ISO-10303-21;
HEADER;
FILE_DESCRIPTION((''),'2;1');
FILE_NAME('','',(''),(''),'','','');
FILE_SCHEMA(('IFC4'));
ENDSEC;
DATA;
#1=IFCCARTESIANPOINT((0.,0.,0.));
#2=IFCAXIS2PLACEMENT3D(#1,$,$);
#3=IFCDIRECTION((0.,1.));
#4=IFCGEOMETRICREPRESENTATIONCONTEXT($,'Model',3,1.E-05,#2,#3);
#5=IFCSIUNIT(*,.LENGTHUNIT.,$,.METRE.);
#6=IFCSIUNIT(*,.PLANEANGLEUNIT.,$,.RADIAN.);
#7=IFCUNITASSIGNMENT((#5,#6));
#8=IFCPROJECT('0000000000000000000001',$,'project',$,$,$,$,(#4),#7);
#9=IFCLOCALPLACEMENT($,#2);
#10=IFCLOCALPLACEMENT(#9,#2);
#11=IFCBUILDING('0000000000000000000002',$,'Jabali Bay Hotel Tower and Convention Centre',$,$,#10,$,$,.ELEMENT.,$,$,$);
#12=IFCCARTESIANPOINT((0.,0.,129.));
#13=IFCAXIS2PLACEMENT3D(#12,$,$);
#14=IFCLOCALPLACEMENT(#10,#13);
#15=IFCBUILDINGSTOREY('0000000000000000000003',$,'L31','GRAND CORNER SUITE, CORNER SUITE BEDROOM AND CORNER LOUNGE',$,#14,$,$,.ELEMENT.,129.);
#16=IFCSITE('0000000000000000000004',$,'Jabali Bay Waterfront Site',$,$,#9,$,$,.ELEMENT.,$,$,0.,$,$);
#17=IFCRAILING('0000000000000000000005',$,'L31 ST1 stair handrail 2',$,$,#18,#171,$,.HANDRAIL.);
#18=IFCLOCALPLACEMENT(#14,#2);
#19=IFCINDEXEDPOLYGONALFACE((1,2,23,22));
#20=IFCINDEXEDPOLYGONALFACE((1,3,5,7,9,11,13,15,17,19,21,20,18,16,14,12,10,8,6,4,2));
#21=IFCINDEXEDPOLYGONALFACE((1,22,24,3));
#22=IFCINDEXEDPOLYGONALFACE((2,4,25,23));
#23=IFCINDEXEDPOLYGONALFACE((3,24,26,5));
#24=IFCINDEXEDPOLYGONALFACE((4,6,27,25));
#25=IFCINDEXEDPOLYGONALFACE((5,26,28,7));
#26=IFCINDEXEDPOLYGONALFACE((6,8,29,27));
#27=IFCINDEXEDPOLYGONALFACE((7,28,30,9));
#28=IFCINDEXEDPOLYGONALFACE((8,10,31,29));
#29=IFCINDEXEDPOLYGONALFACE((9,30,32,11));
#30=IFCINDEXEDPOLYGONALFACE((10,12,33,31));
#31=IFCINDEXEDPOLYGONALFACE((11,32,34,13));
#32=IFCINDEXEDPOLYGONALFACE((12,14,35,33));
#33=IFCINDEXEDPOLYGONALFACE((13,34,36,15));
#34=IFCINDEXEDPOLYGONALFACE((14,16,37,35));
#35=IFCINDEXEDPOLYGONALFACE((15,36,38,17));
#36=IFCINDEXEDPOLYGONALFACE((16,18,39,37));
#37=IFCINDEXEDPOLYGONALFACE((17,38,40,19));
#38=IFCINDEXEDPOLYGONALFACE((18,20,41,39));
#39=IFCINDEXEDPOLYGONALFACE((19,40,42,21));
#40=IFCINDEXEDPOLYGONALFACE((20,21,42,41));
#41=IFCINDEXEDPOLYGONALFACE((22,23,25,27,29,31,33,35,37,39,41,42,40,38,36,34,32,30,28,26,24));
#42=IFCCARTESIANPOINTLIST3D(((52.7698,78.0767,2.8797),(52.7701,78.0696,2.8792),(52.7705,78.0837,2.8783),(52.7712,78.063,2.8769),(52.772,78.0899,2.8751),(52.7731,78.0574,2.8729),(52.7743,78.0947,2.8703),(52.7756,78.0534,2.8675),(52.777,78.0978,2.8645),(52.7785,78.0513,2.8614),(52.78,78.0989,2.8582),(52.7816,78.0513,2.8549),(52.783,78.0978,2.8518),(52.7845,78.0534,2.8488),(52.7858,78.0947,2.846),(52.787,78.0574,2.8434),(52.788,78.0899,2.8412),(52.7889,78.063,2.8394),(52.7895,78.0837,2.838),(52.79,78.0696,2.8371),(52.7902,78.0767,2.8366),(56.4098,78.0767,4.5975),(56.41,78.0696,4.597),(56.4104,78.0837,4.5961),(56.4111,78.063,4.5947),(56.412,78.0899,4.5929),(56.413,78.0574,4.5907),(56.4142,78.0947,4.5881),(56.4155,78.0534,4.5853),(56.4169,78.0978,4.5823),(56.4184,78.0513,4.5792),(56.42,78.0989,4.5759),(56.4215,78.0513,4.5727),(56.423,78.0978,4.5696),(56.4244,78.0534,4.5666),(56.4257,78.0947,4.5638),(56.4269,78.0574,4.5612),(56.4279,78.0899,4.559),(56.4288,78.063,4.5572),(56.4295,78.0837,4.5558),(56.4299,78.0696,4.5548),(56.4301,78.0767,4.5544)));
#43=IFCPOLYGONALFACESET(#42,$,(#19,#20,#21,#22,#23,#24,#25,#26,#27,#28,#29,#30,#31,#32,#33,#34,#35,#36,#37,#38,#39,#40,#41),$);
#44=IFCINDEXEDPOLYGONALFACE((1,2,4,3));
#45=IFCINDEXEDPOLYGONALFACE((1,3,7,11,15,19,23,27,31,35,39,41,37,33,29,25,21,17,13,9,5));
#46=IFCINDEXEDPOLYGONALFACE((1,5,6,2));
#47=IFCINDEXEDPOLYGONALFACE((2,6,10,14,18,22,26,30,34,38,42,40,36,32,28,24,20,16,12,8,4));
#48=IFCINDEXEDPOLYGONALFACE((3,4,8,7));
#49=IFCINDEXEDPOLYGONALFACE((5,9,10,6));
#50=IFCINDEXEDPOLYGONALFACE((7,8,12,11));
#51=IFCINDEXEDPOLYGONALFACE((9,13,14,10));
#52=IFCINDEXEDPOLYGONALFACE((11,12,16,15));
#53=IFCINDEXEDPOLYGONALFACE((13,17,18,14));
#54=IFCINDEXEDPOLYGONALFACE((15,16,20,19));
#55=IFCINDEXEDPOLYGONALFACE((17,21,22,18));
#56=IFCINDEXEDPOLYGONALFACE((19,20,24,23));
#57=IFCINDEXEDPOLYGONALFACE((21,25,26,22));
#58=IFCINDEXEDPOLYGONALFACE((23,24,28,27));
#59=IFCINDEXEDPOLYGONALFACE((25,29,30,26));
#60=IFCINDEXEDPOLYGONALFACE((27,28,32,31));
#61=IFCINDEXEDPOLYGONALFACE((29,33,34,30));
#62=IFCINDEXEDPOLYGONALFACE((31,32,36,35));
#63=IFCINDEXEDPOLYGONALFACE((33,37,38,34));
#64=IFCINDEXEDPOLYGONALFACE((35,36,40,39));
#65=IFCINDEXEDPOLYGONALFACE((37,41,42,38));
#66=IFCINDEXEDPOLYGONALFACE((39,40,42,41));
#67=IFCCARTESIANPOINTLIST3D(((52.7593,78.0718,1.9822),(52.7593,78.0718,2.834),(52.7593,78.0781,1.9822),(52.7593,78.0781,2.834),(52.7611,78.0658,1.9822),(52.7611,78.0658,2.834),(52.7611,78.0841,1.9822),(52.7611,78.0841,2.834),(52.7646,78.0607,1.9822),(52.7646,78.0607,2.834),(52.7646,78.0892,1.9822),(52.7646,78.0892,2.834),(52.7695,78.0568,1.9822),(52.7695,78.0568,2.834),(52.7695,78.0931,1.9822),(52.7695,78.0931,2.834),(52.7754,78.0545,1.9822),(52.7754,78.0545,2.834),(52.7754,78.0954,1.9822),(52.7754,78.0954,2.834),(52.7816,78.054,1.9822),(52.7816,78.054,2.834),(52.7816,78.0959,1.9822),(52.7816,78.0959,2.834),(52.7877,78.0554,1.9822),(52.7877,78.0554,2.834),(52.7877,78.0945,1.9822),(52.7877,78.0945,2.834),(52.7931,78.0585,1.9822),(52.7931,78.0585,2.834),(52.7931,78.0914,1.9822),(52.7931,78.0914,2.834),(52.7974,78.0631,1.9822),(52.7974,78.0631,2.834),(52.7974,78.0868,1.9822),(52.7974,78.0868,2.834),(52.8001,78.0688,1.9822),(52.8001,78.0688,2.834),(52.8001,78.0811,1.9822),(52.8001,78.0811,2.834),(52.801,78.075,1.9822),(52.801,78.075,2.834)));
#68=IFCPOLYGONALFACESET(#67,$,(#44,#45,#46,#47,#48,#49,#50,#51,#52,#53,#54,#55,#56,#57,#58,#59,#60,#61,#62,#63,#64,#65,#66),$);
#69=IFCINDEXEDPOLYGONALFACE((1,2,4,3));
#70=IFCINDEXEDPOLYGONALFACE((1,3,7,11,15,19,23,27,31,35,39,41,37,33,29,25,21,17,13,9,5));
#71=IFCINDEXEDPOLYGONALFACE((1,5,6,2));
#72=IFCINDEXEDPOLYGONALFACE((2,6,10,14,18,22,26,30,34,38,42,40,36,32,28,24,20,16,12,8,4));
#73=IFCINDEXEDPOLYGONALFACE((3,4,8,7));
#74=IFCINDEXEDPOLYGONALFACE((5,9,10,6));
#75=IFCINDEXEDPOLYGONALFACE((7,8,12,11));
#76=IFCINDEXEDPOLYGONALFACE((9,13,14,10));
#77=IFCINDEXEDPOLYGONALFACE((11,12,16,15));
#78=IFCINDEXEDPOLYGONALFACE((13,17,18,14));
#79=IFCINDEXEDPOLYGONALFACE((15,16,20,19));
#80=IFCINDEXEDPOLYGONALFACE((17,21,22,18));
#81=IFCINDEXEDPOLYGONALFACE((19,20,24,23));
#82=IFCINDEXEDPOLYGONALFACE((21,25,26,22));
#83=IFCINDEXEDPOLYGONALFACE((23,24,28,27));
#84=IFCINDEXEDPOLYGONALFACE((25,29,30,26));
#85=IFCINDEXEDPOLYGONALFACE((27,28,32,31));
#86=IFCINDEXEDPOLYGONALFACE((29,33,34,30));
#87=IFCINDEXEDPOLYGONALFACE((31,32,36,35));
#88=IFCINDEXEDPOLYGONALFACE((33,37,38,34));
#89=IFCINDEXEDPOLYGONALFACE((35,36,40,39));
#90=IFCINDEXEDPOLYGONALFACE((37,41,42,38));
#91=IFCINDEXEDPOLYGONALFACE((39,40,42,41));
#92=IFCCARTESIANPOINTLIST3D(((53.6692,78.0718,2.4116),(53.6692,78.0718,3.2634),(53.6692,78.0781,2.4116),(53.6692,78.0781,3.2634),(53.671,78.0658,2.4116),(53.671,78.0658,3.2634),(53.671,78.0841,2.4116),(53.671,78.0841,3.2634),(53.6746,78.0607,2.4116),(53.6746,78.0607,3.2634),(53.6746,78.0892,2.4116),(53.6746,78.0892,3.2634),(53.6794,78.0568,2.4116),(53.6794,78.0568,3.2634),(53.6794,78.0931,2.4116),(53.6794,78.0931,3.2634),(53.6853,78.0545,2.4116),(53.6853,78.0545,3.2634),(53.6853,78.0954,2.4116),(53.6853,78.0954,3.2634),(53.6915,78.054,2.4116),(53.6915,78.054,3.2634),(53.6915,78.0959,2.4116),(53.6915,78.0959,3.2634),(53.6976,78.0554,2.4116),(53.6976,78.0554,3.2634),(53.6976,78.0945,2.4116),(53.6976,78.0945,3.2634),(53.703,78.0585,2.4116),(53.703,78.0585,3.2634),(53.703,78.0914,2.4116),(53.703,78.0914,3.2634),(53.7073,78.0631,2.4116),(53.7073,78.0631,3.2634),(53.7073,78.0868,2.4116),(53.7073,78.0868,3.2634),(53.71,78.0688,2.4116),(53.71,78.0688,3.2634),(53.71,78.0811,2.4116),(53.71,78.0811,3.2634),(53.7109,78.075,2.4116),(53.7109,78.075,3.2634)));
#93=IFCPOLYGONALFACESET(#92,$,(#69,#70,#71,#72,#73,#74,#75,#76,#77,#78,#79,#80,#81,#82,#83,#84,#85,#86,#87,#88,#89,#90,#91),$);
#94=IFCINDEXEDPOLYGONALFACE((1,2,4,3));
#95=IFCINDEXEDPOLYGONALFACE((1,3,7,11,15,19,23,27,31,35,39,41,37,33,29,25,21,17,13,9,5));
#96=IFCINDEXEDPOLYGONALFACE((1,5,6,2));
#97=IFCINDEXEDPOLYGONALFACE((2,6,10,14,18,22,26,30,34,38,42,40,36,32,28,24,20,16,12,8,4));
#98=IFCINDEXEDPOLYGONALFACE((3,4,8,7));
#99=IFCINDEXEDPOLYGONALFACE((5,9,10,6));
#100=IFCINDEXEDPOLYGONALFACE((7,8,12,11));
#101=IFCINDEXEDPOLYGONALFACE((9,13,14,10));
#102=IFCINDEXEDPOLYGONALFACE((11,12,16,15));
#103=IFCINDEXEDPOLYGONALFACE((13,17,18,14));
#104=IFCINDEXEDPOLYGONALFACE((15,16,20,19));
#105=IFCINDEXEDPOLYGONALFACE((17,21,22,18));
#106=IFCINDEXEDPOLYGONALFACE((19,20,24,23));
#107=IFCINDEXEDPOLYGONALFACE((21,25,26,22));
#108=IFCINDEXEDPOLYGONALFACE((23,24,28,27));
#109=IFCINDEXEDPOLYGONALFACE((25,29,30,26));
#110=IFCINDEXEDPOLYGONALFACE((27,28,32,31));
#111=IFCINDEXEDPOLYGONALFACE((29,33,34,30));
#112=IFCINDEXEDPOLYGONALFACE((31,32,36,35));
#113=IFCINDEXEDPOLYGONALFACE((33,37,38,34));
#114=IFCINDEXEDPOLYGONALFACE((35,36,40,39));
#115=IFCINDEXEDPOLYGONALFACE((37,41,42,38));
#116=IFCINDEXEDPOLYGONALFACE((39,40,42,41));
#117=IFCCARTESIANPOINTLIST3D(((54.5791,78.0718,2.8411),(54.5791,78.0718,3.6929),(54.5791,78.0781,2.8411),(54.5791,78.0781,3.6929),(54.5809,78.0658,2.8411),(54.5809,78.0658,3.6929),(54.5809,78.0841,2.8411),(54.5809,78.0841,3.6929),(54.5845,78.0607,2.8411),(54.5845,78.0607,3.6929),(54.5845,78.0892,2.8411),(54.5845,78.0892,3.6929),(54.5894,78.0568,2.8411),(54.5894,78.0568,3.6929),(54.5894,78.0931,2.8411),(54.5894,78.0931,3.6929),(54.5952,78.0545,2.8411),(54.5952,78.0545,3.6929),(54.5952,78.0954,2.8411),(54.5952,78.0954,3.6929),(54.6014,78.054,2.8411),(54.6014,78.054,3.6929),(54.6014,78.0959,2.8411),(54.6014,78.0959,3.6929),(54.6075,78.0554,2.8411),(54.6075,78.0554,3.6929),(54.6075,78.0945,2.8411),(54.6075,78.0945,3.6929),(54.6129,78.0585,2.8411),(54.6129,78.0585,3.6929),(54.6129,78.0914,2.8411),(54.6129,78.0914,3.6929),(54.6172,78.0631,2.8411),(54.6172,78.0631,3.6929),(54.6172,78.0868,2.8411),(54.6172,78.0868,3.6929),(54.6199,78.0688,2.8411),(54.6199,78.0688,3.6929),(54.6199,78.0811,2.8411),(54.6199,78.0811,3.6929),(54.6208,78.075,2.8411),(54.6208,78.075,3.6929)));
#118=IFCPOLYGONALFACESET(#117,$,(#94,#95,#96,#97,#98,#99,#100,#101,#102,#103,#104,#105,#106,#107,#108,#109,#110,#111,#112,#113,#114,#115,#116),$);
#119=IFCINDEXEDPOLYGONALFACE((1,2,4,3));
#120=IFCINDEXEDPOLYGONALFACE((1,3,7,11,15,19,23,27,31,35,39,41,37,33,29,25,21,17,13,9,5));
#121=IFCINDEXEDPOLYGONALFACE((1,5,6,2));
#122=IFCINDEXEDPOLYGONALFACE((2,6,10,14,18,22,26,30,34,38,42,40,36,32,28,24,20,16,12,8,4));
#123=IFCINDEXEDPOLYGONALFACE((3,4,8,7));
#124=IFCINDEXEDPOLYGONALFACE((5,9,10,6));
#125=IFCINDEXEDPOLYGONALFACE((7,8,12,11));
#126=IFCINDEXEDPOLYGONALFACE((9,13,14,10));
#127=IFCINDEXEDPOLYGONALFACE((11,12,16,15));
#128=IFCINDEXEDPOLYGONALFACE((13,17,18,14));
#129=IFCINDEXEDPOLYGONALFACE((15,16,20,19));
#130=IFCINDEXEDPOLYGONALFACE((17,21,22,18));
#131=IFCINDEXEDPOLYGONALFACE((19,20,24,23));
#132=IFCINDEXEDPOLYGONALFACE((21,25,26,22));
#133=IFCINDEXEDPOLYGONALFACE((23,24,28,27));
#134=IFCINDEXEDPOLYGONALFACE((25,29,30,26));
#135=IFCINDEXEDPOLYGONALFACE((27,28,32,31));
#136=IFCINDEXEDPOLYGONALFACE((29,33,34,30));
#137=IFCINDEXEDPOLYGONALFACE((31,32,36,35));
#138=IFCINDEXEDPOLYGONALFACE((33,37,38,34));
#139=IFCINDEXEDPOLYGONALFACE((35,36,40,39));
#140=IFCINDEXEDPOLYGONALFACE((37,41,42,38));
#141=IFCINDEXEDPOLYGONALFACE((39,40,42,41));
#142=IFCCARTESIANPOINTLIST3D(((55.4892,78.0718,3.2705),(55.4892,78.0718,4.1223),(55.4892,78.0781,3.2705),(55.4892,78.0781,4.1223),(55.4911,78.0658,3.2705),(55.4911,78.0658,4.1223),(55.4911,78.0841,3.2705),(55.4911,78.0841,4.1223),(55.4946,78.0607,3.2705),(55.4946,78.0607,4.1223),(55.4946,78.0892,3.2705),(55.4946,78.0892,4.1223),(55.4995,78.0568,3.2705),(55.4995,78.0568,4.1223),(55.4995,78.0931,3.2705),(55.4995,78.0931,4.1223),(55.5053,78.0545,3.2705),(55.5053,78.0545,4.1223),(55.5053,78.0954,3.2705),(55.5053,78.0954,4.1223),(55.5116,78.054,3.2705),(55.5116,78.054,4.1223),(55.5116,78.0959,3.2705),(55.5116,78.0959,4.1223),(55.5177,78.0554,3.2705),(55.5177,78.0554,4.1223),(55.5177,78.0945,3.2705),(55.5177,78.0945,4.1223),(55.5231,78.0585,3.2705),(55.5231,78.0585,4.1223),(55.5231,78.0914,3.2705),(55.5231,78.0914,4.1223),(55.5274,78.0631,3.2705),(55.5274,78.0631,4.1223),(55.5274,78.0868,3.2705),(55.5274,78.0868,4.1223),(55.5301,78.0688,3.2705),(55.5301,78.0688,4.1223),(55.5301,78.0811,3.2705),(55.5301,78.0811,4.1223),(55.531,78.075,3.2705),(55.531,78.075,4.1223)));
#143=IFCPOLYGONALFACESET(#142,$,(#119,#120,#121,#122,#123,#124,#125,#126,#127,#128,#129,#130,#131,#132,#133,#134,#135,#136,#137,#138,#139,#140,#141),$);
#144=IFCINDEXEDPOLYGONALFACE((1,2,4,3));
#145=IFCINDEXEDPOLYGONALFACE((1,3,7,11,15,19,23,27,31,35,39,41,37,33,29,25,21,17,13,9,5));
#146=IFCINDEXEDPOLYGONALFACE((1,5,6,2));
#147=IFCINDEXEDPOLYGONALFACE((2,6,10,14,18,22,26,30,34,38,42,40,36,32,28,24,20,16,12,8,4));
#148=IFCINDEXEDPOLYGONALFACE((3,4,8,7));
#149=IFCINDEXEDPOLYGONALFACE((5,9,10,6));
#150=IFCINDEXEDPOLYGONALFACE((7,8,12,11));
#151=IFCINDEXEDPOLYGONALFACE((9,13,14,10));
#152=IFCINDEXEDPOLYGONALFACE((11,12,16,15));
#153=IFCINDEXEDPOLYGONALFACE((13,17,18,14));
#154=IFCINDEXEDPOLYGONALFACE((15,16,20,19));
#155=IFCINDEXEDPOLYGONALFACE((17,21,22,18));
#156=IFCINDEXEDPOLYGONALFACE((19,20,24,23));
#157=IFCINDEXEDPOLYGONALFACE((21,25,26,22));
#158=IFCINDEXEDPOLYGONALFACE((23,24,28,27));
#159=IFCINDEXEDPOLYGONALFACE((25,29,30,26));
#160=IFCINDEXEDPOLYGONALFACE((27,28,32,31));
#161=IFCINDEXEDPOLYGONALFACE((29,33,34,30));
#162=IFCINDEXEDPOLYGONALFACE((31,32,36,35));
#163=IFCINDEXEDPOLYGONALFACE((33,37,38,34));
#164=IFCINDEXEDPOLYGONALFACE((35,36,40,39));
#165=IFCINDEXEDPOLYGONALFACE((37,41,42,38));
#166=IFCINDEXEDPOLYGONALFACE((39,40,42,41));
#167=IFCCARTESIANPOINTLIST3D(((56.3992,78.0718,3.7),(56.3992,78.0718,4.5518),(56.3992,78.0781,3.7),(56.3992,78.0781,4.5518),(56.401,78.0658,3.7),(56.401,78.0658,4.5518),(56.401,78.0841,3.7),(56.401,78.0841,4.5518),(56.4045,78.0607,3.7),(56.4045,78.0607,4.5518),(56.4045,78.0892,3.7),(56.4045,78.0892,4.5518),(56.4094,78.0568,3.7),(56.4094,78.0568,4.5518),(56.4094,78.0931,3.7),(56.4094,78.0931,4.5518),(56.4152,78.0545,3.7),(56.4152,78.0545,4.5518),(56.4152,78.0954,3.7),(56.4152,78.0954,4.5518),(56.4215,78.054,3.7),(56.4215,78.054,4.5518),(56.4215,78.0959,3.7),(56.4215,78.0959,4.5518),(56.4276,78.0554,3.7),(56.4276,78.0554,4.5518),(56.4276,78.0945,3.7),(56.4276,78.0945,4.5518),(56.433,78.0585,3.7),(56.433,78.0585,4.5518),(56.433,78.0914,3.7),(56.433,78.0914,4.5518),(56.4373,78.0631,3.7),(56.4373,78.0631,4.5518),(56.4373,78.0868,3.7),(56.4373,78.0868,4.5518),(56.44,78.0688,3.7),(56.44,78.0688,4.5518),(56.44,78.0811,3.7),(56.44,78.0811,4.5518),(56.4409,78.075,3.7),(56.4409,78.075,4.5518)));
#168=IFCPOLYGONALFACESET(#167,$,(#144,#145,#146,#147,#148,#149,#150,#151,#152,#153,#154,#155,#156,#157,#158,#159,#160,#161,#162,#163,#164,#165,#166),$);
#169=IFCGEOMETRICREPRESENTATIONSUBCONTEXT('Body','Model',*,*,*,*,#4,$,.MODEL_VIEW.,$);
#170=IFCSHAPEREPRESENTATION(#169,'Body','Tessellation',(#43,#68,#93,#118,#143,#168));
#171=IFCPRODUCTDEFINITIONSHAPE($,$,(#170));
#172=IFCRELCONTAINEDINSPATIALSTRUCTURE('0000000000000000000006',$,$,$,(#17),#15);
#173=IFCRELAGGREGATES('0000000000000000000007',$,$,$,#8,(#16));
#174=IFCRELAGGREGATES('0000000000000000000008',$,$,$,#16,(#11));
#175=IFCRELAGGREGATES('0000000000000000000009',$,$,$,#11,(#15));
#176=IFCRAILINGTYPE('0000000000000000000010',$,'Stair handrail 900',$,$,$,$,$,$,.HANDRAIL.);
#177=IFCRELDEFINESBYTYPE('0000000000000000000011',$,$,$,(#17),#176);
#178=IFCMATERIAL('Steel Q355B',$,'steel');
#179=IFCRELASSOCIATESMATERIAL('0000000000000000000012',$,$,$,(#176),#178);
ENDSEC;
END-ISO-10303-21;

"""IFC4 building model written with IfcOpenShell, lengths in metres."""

from ifc_helpers import new_model, si_unit, direction, frame, origin, origin_2d, place, context, subcontext, project, spatial, circle, extrude, material, type_object, element, save


model = new_model("IFC4")

# Units and contexts
model_context = context("Model", 3, precision=1e-05, world=origin(), true_north=direction((0.0, 1.0)))
body_context = subcontext(model_context, "Body", "Model", "MODEL_VIEW")
ifc_project = project(units=[si_unit("LENGTHUNIT", "METRE"), si_unit("PLANEANGLEUNIT", "RADIAN")], contexts=[model_context])

# Site, building, storey
site_placement = place(None, origin())
site = spatial("IfcSite", under=ifc_project, at=site_placement, Name="Jabali Bay Waterfront Site", CompositionType="ELEMENT", RefElevation=0.0)
building_placement = place(site_placement, origin())
building = spatial("IfcBuilding", under=site, at=building_placement, Name="Jabali Bay Hotel Tower and Convention Centre", CompositionType="ELEMENT")
storey_placement = place(building_placement, frame((0.0, 0.0, 129.0)))
storey = spatial("IfcBuildingStorey", under=building, at=storey_placement, Name="L31", Description="GRAND CORNER SUITE, CORNER SUITE BEDROOM AND CORNER LOUNGE", CompositionType="ELEMENT", Elevation=129.0)

# Railing
ifc_material_1 = material(Name="Steel Q355B", Category="steel")
railing_type = type_object("IfcRailingType", Name="Stair handrail 900", PredefinedType="HANDRAIL", material=ifc_material_1)
railing_placement = place(storey_placement, frame((52.78, 78.075, 1.9822)))
element("IfcRailing", 1, at=railing_placement, inside=storey, type_object=railing_type, Name="L31 ST1 stair handrail 2", PredefinedType="HANDRAIL", context=body_context, shape_type="SweptSolid", body=[
    extrude(circle(Radius=0.0239, at=origin_2d()), frame((0.0, 0.0, 0.876), z_axis=(0.904351, 0.0, 0.42679), x_axis=(0.0, 1.0, 0.0)), (0.0, 0.0, 1.0), 4.0249),
    extrude(circle(Radius=0.021, at=origin_2d()), origin(), (0.0, 0.0, 1.0), 0.8518),
    extrude(circle(Radius=0.021, at=origin_2d()), frame((0.9099, 0.0, 0.4294)), (0.0, 0.0, 1.0), 0.8518),
    extrude(circle(Radius=0.021, at=origin_2d()), frame((1.8198, 0.0, 0.8589)), (0.0, 0.0, 1.0), 0.8518),
    extrude(circle(Radius=0.021, at=origin_2d()), frame((2.73, 0.0, 1.2883)), (0.0, 0.0, 1.0), 0.8518),
    extrude(circle(Radius=0.021, at=origin_2d()), frame((3.6399, 0.0, 1.7178)), (0.0, 0.0, 1.0), 0.8518),
])

save(model, "model.ifc")
